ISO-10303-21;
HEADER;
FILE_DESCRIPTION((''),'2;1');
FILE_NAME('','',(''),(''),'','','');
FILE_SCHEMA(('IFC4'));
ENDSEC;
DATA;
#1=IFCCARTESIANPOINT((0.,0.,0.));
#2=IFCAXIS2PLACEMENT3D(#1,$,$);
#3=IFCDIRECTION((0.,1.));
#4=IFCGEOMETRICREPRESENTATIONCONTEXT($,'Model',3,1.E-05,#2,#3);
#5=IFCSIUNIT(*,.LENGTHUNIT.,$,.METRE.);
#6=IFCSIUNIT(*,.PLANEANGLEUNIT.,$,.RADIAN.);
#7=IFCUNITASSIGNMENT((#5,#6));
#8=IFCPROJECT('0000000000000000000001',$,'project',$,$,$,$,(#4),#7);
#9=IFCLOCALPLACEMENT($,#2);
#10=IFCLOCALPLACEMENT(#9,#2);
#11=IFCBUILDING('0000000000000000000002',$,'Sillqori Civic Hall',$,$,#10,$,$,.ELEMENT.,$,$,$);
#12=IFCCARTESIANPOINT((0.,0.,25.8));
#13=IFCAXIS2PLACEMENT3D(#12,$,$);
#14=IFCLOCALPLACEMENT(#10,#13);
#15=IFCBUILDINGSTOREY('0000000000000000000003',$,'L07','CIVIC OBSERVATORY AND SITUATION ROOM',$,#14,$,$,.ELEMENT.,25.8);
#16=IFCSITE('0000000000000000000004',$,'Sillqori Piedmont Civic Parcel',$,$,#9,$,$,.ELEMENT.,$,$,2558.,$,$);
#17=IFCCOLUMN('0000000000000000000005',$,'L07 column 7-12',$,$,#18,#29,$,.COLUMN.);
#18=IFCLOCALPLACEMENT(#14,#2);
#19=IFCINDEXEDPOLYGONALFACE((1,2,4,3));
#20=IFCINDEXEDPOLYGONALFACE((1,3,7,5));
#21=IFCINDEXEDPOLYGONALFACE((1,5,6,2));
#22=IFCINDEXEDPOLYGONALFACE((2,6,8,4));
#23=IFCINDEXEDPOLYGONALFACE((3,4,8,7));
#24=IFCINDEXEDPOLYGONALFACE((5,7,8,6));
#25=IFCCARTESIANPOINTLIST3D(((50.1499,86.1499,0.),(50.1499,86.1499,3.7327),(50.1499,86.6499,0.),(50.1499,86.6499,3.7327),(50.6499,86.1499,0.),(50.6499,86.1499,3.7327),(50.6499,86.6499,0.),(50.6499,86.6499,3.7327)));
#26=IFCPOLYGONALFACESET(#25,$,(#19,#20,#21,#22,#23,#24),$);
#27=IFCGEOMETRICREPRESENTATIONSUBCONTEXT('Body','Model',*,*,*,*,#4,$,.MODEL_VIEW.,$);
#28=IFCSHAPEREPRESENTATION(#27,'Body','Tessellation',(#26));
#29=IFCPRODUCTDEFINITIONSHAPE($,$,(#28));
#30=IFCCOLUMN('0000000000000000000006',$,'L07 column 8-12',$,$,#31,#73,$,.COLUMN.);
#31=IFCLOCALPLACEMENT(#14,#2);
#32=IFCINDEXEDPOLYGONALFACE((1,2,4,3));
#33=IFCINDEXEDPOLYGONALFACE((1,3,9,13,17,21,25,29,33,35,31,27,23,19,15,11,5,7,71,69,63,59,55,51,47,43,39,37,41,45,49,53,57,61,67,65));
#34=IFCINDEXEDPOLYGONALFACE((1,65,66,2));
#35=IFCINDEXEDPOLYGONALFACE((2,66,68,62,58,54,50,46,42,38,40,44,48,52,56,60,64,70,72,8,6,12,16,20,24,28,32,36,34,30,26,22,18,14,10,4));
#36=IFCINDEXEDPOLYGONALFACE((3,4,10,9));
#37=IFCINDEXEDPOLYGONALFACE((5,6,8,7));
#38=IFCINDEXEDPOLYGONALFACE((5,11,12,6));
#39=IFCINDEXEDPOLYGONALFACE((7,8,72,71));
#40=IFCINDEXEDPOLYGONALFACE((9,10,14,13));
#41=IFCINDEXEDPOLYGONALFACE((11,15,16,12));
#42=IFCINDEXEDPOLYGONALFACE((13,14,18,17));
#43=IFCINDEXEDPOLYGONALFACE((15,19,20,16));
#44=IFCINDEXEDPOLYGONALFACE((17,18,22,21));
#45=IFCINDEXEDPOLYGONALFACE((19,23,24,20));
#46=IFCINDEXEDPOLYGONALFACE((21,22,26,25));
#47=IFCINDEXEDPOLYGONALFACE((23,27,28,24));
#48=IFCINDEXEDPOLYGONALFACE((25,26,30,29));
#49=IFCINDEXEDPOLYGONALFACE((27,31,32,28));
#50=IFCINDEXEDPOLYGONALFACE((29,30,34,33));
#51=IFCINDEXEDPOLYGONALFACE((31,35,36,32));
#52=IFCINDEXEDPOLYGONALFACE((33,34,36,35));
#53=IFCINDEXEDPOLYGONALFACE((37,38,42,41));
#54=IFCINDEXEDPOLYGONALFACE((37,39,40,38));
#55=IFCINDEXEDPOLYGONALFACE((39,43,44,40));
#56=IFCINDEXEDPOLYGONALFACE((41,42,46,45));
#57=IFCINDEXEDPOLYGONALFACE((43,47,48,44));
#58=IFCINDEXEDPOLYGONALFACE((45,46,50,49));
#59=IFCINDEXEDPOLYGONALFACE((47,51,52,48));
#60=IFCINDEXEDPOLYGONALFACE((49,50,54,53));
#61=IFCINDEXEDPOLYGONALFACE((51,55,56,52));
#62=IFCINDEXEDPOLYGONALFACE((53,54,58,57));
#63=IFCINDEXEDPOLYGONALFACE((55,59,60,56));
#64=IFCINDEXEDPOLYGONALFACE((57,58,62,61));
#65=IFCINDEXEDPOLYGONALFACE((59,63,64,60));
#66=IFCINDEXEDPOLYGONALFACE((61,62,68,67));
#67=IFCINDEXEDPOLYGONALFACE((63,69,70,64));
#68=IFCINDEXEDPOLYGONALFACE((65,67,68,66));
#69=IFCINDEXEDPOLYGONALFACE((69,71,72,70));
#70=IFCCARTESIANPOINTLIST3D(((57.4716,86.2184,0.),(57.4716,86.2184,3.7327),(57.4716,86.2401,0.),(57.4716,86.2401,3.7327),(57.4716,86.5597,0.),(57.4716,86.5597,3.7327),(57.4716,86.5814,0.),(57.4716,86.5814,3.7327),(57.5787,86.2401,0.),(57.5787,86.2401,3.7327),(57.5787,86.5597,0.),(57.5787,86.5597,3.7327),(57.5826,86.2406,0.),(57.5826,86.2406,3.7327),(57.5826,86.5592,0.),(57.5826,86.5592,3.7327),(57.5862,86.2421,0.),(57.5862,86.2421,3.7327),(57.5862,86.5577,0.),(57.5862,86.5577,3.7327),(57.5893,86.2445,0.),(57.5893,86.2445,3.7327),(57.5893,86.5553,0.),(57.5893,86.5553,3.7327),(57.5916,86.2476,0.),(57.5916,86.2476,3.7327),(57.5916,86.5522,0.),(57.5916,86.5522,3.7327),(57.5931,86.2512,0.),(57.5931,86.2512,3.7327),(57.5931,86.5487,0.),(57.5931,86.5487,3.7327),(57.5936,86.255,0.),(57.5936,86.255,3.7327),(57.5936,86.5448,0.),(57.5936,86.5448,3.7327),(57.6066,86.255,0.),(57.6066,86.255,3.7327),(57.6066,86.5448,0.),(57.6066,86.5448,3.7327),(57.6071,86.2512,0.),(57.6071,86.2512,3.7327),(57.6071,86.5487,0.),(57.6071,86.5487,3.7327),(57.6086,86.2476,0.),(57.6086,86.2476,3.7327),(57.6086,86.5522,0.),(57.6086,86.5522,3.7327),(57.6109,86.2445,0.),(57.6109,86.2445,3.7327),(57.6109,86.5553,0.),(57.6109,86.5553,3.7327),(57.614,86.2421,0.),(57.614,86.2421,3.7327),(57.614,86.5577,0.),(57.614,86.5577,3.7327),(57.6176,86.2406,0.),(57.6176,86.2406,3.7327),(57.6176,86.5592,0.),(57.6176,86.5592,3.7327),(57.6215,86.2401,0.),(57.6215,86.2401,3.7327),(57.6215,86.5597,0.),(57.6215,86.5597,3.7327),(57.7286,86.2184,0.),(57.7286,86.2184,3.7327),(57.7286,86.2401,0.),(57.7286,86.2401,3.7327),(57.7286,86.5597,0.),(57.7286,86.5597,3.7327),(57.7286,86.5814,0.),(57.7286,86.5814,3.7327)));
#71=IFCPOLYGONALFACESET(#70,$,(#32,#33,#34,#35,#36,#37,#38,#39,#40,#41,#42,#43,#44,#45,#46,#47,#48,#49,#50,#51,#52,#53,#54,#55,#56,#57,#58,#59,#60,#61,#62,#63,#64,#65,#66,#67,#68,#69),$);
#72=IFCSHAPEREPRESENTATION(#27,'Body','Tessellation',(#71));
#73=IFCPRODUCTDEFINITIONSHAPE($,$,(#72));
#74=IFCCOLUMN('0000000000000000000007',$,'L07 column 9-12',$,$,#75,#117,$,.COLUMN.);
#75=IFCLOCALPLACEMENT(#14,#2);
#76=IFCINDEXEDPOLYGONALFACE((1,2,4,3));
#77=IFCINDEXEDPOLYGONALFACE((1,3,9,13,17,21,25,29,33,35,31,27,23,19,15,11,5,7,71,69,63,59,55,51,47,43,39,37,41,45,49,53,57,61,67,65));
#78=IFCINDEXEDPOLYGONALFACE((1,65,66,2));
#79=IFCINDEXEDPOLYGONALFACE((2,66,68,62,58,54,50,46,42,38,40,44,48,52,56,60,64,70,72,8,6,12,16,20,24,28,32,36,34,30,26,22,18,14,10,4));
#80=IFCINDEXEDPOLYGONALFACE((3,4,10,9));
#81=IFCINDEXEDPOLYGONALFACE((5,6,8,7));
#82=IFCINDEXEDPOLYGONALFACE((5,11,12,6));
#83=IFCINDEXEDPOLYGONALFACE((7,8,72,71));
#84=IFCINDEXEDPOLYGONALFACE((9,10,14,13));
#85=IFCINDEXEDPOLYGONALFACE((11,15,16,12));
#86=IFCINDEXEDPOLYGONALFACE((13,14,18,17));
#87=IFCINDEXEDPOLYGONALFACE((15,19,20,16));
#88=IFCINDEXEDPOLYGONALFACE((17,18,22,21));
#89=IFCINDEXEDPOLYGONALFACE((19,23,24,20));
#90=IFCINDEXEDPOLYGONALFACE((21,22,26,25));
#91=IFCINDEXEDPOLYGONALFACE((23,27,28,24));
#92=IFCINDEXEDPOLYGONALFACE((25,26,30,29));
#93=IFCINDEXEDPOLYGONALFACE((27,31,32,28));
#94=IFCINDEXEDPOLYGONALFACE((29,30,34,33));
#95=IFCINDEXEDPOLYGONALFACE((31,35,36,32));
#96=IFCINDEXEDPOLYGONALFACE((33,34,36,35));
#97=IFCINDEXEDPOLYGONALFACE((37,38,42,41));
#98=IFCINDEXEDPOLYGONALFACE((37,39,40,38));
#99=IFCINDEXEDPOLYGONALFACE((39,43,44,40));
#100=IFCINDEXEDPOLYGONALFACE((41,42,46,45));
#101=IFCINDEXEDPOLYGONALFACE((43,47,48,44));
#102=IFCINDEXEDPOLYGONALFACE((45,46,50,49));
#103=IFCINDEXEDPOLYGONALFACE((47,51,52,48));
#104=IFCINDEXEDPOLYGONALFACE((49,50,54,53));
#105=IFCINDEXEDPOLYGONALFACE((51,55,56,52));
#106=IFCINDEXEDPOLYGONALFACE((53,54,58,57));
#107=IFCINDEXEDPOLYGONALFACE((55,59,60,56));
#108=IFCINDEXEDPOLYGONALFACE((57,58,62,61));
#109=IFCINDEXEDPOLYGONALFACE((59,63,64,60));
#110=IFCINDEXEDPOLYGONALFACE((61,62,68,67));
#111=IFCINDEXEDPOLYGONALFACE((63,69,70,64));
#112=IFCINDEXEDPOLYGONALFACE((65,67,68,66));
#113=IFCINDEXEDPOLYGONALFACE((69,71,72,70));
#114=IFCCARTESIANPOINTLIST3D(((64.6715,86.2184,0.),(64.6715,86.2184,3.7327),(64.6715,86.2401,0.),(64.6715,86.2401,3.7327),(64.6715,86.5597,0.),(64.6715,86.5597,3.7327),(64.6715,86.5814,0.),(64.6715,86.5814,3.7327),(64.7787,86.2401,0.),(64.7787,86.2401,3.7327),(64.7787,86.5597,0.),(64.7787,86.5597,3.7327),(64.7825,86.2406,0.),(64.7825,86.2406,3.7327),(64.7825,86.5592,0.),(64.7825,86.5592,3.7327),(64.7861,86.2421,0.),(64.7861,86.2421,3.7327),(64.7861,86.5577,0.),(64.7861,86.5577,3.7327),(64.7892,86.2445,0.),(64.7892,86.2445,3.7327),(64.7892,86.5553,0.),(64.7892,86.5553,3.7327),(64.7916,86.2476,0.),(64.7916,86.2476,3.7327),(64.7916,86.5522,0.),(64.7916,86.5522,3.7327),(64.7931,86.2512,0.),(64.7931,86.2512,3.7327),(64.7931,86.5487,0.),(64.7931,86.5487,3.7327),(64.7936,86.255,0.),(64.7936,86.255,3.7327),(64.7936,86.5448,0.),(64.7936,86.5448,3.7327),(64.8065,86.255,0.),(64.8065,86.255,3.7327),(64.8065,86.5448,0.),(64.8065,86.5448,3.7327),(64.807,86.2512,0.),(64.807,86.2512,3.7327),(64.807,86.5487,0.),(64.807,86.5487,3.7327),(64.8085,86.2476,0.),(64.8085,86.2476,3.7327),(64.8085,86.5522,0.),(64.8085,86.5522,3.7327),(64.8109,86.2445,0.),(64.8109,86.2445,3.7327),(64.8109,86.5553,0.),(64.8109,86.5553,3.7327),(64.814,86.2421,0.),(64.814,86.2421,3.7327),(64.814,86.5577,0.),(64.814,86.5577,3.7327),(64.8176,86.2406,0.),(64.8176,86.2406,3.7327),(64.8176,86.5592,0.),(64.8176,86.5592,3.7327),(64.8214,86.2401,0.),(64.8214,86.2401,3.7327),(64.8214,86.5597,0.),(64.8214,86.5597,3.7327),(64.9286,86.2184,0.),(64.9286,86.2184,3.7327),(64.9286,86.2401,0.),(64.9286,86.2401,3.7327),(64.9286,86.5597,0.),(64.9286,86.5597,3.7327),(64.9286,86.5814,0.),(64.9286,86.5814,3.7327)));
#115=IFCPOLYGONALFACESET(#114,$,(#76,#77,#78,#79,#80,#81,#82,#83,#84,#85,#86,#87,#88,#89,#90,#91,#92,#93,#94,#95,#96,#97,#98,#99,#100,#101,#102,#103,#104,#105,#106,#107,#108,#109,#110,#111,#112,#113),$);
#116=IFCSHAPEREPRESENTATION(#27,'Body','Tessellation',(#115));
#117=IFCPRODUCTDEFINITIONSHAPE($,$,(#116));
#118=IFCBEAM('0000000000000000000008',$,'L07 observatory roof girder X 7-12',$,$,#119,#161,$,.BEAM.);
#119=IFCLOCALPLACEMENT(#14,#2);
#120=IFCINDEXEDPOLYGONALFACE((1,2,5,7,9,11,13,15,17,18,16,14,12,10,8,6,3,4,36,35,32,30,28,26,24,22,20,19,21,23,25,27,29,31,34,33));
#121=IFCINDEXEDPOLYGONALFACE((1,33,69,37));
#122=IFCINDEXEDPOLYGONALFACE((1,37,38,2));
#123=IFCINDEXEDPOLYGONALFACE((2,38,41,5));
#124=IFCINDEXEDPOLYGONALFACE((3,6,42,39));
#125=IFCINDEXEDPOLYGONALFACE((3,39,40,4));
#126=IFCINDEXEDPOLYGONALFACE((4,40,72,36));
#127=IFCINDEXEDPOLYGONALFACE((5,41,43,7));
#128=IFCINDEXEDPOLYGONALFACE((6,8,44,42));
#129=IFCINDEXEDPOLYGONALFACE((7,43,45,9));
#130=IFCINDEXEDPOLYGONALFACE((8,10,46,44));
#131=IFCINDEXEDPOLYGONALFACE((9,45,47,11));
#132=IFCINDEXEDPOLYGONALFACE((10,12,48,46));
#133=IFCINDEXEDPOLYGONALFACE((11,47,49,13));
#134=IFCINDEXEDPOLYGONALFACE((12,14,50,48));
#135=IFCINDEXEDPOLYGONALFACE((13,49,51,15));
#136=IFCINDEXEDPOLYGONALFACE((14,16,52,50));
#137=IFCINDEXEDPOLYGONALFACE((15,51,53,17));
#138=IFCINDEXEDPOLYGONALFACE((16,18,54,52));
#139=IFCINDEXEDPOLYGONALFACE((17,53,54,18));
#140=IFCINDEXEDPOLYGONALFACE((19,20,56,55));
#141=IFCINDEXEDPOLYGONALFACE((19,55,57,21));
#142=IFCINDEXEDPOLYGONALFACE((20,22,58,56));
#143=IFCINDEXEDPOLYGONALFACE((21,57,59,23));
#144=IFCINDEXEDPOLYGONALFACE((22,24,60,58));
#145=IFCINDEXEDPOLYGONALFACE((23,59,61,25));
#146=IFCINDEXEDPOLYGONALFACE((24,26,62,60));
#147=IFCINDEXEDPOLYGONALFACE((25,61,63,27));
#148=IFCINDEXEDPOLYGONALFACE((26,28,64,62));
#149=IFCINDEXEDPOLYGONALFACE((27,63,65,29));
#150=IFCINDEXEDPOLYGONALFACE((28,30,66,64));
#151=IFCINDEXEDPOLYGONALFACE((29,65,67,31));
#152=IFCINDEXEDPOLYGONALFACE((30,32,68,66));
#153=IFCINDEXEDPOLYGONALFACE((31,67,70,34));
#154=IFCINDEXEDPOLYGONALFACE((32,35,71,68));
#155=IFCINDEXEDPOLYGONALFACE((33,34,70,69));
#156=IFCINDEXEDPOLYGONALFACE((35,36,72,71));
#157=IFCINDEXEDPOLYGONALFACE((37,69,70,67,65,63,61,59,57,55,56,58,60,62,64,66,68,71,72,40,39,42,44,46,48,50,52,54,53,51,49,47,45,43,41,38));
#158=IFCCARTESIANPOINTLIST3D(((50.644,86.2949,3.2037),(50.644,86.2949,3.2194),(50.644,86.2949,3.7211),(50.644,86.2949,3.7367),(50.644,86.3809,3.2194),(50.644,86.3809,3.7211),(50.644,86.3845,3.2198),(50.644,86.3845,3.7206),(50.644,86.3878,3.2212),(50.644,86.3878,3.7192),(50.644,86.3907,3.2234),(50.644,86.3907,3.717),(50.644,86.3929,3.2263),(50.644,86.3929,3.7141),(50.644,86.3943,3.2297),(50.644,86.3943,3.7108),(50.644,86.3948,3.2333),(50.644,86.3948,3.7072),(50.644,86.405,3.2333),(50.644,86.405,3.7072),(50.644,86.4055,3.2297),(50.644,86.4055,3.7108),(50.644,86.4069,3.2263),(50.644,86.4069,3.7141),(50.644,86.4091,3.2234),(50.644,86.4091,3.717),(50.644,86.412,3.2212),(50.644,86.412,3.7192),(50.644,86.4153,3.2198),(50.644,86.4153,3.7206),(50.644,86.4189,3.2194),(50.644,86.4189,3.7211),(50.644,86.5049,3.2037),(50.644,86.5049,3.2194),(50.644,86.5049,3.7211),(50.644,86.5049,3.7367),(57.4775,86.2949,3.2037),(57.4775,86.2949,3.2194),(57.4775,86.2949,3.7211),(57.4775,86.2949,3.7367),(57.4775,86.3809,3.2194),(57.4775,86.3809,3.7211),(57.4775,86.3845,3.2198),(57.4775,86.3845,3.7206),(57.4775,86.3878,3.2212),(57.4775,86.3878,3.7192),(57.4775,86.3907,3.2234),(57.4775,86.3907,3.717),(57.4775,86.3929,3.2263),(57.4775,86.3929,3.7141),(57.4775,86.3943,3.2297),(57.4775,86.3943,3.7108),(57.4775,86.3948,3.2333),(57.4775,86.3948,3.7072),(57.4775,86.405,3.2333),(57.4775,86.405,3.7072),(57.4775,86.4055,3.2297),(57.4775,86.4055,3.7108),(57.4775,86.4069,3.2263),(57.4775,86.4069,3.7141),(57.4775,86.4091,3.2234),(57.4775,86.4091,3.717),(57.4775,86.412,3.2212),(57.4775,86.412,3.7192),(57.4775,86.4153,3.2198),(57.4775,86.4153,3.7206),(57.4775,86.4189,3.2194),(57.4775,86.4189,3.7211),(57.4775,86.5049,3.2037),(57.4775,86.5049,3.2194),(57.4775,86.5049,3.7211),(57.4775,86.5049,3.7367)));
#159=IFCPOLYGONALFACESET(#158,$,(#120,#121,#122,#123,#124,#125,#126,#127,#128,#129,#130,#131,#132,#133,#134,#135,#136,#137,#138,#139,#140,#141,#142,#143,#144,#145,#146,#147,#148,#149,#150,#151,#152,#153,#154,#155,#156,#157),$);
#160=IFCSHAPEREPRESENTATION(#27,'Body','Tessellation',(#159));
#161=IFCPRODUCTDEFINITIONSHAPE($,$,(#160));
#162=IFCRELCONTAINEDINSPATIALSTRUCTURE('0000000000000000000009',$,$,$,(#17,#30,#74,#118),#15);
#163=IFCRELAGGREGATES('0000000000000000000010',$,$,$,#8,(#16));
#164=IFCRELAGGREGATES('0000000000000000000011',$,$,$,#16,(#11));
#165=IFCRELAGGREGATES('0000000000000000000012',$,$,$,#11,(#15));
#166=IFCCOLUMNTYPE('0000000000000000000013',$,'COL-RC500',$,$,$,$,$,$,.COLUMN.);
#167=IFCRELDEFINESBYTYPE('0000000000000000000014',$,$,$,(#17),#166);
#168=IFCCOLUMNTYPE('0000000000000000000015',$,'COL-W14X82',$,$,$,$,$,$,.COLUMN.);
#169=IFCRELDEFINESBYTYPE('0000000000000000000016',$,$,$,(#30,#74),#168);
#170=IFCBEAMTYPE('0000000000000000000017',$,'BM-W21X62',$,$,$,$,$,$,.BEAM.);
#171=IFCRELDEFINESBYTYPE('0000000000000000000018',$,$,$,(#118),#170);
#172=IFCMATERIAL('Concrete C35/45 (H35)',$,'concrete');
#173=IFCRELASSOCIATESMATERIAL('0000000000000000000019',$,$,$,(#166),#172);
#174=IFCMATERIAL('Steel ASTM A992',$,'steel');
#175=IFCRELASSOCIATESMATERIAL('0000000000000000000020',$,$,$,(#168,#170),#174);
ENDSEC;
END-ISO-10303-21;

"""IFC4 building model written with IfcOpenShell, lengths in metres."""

from ifc_helpers import new_model, si_unit, direction, frame, origin, origin_2d, place, context, subcontext, project, spatial, rectangle, i_section, extrude, material, material_profile, profile_set, type_object, element, save


model = new_model("IFC4")

# Units and contexts
model_context = context("Model", 3, precision=1e-05, world=origin(), true_north=direction((0.0, 1.0)))
body_context = subcontext(model_context, "Body", "Model", "MODEL_VIEW")
ifc_project = project(units=[si_unit("LENGTHUNIT", "METRE"), si_unit("PLANEANGLEUNIT", "RADIAN")], contexts=[model_context])

# Site, building, storey
site_placement = place(None, origin())
site = spatial("IfcSite", under=ifc_project, at=site_placement, Name="Sillqori Piedmont Civic Parcel", CompositionType="ELEMENT", RefElevation=2558.0)
building_placement = place(site_placement, origin())
building = spatial("IfcBuilding", under=site, at=building_placement, Name="Sillqori Civic Hall", CompositionType="ELEMENT")
storey_placement = place(building_placement, frame((0.0, 0.0, 25.8)))
storey = spatial("IfcBuildingStorey", under=building, at=storey_placement, Name="L07", Description="CIVIC OBSERVATORY AND SITUATION ROOM", CompositionType="ELEMENT", Elevation=25.8)

# Columns
ifc_material_1 = material(Name="Concrete C35/45 (H35)", Category="concrete")
ifc_material_profile_1 = material_profile(ifc_material_1, rectangle(XDim=0.5, YDim=0.5, at=origin_2d()), Name="RC 500x500")
ifc_profile_set_1 = profile_set([ifc_material_profile_1], Name="Concrete C35/45 (H35)")
column_type_1 = type_object("IfcColumnType", Name="COL-RC500", PredefinedType="COLUMN", material=ifc_profile_set_1)
column_placement = place(storey_placement, frame((50.3999, 86.3999, 0.0), z_axis=(0.0, 0.0, 1.0), x_axis=(1.0, 0.0, 0.0)))
element("IfcColumn", 1, at=column_placement, inside=storey, type_object=column_type_1, Name="L07 column 7-12", PredefinedType="COLUMN", context=body_context, shape_type="SweptSolid", body=[
    extrude(rectangle(XDim=0.5, YDim=0.5, at=origin_2d()), origin(), (0.0, 0.0, 1.0), 3.7327),
])
ifc_material_2 = material(Name="Steel ASTM A992", Category="steel")
ifc_material_profile_2 = material_profile(ifc_material_2, i_section(OverallWidth=0.2571, OverallDepth=0.363, WebThickness=0.0129, FlangeThickness=0.0217, FilletRadius=0.0149, at=origin_2d()), Name="W14X82")
ifc_profile_set_2 = profile_set([ifc_material_profile_2], Name="Steel ASTM A992")
column_type_2 = type_object("IfcColumnType", Name="COL-W14X82", PredefinedType="COLUMN", material=ifc_profile_set_2)
for number, where, z_axis, x_axis, name in (
    (2, (57.6001, 86.3999, 0.0), (0.0, 0.0, 1.0), (1.0, 0.0, 0.0), "L07 column 8-12"),
    (3, (64.8, 86.3999, 0.0), (0.0, 0.0, 1.0), (1.0, 0.0, 0.0), "L07 column 9-12"),
):
    element("IfcColumn", number, at=place(storey_placement, frame(where, z_axis=z_axis, x_axis=x_axis)), inside=storey, type_object=column_type_2, Name=name, PredefinedType="COLUMN", context=body_context, shape_type="SweptSolid", body=[
        extrude(i_section(OverallWidth=0.2571, OverallDepth=0.363, WebThickness=0.0129, FlangeThickness=0.0217, FilletRadius=0.0149, at=origin_2d()), origin(), (0.0, 0.0, 1.0), 3.7327),
    ])

# Beam
ifc_material_profile_3 = material_profile(ifc_material_2, i_section(OverallWidth=0.21, OverallDepth=0.533, WebThickness=0.0103, FlangeThickness=0.0156, FilletRadius=0.0139, at=origin_2d()), Name="W21X62")
ifc_profile_set_3 = profile_set([ifc_material_profile_3], Name="Steel ASTM A992")
beam_type = type_object("IfcBeamType", Name="BM-W21X62", PredefinedType="BEAM", material=ifc_profile_set_3)
beam_1_placement = place(storey_placement, frame((50.644, 86.3999, 3.4702), z_axis=(1.0, 0.0, 0.0), x_axis=(0.0, 1.0, 0.0)))
element("IfcBeam", 4, at=beam_1_placement, inside=storey, type_object=beam_type, Name="L07 observatory roof girder X 7-12", PredefinedType="BEAM", context=body_context, shape_type="SweptSolid", body=[
    extrude(i_section(OverallWidth=0.21, OverallDepth=0.533, WebThickness=0.0103, FlangeThickness=0.0156, FilletRadius=0.0139, at=origin_2d()), origin(), (0.0, 0.0, 1.0), 6.8335),
])

save(model, "model.ifc")
